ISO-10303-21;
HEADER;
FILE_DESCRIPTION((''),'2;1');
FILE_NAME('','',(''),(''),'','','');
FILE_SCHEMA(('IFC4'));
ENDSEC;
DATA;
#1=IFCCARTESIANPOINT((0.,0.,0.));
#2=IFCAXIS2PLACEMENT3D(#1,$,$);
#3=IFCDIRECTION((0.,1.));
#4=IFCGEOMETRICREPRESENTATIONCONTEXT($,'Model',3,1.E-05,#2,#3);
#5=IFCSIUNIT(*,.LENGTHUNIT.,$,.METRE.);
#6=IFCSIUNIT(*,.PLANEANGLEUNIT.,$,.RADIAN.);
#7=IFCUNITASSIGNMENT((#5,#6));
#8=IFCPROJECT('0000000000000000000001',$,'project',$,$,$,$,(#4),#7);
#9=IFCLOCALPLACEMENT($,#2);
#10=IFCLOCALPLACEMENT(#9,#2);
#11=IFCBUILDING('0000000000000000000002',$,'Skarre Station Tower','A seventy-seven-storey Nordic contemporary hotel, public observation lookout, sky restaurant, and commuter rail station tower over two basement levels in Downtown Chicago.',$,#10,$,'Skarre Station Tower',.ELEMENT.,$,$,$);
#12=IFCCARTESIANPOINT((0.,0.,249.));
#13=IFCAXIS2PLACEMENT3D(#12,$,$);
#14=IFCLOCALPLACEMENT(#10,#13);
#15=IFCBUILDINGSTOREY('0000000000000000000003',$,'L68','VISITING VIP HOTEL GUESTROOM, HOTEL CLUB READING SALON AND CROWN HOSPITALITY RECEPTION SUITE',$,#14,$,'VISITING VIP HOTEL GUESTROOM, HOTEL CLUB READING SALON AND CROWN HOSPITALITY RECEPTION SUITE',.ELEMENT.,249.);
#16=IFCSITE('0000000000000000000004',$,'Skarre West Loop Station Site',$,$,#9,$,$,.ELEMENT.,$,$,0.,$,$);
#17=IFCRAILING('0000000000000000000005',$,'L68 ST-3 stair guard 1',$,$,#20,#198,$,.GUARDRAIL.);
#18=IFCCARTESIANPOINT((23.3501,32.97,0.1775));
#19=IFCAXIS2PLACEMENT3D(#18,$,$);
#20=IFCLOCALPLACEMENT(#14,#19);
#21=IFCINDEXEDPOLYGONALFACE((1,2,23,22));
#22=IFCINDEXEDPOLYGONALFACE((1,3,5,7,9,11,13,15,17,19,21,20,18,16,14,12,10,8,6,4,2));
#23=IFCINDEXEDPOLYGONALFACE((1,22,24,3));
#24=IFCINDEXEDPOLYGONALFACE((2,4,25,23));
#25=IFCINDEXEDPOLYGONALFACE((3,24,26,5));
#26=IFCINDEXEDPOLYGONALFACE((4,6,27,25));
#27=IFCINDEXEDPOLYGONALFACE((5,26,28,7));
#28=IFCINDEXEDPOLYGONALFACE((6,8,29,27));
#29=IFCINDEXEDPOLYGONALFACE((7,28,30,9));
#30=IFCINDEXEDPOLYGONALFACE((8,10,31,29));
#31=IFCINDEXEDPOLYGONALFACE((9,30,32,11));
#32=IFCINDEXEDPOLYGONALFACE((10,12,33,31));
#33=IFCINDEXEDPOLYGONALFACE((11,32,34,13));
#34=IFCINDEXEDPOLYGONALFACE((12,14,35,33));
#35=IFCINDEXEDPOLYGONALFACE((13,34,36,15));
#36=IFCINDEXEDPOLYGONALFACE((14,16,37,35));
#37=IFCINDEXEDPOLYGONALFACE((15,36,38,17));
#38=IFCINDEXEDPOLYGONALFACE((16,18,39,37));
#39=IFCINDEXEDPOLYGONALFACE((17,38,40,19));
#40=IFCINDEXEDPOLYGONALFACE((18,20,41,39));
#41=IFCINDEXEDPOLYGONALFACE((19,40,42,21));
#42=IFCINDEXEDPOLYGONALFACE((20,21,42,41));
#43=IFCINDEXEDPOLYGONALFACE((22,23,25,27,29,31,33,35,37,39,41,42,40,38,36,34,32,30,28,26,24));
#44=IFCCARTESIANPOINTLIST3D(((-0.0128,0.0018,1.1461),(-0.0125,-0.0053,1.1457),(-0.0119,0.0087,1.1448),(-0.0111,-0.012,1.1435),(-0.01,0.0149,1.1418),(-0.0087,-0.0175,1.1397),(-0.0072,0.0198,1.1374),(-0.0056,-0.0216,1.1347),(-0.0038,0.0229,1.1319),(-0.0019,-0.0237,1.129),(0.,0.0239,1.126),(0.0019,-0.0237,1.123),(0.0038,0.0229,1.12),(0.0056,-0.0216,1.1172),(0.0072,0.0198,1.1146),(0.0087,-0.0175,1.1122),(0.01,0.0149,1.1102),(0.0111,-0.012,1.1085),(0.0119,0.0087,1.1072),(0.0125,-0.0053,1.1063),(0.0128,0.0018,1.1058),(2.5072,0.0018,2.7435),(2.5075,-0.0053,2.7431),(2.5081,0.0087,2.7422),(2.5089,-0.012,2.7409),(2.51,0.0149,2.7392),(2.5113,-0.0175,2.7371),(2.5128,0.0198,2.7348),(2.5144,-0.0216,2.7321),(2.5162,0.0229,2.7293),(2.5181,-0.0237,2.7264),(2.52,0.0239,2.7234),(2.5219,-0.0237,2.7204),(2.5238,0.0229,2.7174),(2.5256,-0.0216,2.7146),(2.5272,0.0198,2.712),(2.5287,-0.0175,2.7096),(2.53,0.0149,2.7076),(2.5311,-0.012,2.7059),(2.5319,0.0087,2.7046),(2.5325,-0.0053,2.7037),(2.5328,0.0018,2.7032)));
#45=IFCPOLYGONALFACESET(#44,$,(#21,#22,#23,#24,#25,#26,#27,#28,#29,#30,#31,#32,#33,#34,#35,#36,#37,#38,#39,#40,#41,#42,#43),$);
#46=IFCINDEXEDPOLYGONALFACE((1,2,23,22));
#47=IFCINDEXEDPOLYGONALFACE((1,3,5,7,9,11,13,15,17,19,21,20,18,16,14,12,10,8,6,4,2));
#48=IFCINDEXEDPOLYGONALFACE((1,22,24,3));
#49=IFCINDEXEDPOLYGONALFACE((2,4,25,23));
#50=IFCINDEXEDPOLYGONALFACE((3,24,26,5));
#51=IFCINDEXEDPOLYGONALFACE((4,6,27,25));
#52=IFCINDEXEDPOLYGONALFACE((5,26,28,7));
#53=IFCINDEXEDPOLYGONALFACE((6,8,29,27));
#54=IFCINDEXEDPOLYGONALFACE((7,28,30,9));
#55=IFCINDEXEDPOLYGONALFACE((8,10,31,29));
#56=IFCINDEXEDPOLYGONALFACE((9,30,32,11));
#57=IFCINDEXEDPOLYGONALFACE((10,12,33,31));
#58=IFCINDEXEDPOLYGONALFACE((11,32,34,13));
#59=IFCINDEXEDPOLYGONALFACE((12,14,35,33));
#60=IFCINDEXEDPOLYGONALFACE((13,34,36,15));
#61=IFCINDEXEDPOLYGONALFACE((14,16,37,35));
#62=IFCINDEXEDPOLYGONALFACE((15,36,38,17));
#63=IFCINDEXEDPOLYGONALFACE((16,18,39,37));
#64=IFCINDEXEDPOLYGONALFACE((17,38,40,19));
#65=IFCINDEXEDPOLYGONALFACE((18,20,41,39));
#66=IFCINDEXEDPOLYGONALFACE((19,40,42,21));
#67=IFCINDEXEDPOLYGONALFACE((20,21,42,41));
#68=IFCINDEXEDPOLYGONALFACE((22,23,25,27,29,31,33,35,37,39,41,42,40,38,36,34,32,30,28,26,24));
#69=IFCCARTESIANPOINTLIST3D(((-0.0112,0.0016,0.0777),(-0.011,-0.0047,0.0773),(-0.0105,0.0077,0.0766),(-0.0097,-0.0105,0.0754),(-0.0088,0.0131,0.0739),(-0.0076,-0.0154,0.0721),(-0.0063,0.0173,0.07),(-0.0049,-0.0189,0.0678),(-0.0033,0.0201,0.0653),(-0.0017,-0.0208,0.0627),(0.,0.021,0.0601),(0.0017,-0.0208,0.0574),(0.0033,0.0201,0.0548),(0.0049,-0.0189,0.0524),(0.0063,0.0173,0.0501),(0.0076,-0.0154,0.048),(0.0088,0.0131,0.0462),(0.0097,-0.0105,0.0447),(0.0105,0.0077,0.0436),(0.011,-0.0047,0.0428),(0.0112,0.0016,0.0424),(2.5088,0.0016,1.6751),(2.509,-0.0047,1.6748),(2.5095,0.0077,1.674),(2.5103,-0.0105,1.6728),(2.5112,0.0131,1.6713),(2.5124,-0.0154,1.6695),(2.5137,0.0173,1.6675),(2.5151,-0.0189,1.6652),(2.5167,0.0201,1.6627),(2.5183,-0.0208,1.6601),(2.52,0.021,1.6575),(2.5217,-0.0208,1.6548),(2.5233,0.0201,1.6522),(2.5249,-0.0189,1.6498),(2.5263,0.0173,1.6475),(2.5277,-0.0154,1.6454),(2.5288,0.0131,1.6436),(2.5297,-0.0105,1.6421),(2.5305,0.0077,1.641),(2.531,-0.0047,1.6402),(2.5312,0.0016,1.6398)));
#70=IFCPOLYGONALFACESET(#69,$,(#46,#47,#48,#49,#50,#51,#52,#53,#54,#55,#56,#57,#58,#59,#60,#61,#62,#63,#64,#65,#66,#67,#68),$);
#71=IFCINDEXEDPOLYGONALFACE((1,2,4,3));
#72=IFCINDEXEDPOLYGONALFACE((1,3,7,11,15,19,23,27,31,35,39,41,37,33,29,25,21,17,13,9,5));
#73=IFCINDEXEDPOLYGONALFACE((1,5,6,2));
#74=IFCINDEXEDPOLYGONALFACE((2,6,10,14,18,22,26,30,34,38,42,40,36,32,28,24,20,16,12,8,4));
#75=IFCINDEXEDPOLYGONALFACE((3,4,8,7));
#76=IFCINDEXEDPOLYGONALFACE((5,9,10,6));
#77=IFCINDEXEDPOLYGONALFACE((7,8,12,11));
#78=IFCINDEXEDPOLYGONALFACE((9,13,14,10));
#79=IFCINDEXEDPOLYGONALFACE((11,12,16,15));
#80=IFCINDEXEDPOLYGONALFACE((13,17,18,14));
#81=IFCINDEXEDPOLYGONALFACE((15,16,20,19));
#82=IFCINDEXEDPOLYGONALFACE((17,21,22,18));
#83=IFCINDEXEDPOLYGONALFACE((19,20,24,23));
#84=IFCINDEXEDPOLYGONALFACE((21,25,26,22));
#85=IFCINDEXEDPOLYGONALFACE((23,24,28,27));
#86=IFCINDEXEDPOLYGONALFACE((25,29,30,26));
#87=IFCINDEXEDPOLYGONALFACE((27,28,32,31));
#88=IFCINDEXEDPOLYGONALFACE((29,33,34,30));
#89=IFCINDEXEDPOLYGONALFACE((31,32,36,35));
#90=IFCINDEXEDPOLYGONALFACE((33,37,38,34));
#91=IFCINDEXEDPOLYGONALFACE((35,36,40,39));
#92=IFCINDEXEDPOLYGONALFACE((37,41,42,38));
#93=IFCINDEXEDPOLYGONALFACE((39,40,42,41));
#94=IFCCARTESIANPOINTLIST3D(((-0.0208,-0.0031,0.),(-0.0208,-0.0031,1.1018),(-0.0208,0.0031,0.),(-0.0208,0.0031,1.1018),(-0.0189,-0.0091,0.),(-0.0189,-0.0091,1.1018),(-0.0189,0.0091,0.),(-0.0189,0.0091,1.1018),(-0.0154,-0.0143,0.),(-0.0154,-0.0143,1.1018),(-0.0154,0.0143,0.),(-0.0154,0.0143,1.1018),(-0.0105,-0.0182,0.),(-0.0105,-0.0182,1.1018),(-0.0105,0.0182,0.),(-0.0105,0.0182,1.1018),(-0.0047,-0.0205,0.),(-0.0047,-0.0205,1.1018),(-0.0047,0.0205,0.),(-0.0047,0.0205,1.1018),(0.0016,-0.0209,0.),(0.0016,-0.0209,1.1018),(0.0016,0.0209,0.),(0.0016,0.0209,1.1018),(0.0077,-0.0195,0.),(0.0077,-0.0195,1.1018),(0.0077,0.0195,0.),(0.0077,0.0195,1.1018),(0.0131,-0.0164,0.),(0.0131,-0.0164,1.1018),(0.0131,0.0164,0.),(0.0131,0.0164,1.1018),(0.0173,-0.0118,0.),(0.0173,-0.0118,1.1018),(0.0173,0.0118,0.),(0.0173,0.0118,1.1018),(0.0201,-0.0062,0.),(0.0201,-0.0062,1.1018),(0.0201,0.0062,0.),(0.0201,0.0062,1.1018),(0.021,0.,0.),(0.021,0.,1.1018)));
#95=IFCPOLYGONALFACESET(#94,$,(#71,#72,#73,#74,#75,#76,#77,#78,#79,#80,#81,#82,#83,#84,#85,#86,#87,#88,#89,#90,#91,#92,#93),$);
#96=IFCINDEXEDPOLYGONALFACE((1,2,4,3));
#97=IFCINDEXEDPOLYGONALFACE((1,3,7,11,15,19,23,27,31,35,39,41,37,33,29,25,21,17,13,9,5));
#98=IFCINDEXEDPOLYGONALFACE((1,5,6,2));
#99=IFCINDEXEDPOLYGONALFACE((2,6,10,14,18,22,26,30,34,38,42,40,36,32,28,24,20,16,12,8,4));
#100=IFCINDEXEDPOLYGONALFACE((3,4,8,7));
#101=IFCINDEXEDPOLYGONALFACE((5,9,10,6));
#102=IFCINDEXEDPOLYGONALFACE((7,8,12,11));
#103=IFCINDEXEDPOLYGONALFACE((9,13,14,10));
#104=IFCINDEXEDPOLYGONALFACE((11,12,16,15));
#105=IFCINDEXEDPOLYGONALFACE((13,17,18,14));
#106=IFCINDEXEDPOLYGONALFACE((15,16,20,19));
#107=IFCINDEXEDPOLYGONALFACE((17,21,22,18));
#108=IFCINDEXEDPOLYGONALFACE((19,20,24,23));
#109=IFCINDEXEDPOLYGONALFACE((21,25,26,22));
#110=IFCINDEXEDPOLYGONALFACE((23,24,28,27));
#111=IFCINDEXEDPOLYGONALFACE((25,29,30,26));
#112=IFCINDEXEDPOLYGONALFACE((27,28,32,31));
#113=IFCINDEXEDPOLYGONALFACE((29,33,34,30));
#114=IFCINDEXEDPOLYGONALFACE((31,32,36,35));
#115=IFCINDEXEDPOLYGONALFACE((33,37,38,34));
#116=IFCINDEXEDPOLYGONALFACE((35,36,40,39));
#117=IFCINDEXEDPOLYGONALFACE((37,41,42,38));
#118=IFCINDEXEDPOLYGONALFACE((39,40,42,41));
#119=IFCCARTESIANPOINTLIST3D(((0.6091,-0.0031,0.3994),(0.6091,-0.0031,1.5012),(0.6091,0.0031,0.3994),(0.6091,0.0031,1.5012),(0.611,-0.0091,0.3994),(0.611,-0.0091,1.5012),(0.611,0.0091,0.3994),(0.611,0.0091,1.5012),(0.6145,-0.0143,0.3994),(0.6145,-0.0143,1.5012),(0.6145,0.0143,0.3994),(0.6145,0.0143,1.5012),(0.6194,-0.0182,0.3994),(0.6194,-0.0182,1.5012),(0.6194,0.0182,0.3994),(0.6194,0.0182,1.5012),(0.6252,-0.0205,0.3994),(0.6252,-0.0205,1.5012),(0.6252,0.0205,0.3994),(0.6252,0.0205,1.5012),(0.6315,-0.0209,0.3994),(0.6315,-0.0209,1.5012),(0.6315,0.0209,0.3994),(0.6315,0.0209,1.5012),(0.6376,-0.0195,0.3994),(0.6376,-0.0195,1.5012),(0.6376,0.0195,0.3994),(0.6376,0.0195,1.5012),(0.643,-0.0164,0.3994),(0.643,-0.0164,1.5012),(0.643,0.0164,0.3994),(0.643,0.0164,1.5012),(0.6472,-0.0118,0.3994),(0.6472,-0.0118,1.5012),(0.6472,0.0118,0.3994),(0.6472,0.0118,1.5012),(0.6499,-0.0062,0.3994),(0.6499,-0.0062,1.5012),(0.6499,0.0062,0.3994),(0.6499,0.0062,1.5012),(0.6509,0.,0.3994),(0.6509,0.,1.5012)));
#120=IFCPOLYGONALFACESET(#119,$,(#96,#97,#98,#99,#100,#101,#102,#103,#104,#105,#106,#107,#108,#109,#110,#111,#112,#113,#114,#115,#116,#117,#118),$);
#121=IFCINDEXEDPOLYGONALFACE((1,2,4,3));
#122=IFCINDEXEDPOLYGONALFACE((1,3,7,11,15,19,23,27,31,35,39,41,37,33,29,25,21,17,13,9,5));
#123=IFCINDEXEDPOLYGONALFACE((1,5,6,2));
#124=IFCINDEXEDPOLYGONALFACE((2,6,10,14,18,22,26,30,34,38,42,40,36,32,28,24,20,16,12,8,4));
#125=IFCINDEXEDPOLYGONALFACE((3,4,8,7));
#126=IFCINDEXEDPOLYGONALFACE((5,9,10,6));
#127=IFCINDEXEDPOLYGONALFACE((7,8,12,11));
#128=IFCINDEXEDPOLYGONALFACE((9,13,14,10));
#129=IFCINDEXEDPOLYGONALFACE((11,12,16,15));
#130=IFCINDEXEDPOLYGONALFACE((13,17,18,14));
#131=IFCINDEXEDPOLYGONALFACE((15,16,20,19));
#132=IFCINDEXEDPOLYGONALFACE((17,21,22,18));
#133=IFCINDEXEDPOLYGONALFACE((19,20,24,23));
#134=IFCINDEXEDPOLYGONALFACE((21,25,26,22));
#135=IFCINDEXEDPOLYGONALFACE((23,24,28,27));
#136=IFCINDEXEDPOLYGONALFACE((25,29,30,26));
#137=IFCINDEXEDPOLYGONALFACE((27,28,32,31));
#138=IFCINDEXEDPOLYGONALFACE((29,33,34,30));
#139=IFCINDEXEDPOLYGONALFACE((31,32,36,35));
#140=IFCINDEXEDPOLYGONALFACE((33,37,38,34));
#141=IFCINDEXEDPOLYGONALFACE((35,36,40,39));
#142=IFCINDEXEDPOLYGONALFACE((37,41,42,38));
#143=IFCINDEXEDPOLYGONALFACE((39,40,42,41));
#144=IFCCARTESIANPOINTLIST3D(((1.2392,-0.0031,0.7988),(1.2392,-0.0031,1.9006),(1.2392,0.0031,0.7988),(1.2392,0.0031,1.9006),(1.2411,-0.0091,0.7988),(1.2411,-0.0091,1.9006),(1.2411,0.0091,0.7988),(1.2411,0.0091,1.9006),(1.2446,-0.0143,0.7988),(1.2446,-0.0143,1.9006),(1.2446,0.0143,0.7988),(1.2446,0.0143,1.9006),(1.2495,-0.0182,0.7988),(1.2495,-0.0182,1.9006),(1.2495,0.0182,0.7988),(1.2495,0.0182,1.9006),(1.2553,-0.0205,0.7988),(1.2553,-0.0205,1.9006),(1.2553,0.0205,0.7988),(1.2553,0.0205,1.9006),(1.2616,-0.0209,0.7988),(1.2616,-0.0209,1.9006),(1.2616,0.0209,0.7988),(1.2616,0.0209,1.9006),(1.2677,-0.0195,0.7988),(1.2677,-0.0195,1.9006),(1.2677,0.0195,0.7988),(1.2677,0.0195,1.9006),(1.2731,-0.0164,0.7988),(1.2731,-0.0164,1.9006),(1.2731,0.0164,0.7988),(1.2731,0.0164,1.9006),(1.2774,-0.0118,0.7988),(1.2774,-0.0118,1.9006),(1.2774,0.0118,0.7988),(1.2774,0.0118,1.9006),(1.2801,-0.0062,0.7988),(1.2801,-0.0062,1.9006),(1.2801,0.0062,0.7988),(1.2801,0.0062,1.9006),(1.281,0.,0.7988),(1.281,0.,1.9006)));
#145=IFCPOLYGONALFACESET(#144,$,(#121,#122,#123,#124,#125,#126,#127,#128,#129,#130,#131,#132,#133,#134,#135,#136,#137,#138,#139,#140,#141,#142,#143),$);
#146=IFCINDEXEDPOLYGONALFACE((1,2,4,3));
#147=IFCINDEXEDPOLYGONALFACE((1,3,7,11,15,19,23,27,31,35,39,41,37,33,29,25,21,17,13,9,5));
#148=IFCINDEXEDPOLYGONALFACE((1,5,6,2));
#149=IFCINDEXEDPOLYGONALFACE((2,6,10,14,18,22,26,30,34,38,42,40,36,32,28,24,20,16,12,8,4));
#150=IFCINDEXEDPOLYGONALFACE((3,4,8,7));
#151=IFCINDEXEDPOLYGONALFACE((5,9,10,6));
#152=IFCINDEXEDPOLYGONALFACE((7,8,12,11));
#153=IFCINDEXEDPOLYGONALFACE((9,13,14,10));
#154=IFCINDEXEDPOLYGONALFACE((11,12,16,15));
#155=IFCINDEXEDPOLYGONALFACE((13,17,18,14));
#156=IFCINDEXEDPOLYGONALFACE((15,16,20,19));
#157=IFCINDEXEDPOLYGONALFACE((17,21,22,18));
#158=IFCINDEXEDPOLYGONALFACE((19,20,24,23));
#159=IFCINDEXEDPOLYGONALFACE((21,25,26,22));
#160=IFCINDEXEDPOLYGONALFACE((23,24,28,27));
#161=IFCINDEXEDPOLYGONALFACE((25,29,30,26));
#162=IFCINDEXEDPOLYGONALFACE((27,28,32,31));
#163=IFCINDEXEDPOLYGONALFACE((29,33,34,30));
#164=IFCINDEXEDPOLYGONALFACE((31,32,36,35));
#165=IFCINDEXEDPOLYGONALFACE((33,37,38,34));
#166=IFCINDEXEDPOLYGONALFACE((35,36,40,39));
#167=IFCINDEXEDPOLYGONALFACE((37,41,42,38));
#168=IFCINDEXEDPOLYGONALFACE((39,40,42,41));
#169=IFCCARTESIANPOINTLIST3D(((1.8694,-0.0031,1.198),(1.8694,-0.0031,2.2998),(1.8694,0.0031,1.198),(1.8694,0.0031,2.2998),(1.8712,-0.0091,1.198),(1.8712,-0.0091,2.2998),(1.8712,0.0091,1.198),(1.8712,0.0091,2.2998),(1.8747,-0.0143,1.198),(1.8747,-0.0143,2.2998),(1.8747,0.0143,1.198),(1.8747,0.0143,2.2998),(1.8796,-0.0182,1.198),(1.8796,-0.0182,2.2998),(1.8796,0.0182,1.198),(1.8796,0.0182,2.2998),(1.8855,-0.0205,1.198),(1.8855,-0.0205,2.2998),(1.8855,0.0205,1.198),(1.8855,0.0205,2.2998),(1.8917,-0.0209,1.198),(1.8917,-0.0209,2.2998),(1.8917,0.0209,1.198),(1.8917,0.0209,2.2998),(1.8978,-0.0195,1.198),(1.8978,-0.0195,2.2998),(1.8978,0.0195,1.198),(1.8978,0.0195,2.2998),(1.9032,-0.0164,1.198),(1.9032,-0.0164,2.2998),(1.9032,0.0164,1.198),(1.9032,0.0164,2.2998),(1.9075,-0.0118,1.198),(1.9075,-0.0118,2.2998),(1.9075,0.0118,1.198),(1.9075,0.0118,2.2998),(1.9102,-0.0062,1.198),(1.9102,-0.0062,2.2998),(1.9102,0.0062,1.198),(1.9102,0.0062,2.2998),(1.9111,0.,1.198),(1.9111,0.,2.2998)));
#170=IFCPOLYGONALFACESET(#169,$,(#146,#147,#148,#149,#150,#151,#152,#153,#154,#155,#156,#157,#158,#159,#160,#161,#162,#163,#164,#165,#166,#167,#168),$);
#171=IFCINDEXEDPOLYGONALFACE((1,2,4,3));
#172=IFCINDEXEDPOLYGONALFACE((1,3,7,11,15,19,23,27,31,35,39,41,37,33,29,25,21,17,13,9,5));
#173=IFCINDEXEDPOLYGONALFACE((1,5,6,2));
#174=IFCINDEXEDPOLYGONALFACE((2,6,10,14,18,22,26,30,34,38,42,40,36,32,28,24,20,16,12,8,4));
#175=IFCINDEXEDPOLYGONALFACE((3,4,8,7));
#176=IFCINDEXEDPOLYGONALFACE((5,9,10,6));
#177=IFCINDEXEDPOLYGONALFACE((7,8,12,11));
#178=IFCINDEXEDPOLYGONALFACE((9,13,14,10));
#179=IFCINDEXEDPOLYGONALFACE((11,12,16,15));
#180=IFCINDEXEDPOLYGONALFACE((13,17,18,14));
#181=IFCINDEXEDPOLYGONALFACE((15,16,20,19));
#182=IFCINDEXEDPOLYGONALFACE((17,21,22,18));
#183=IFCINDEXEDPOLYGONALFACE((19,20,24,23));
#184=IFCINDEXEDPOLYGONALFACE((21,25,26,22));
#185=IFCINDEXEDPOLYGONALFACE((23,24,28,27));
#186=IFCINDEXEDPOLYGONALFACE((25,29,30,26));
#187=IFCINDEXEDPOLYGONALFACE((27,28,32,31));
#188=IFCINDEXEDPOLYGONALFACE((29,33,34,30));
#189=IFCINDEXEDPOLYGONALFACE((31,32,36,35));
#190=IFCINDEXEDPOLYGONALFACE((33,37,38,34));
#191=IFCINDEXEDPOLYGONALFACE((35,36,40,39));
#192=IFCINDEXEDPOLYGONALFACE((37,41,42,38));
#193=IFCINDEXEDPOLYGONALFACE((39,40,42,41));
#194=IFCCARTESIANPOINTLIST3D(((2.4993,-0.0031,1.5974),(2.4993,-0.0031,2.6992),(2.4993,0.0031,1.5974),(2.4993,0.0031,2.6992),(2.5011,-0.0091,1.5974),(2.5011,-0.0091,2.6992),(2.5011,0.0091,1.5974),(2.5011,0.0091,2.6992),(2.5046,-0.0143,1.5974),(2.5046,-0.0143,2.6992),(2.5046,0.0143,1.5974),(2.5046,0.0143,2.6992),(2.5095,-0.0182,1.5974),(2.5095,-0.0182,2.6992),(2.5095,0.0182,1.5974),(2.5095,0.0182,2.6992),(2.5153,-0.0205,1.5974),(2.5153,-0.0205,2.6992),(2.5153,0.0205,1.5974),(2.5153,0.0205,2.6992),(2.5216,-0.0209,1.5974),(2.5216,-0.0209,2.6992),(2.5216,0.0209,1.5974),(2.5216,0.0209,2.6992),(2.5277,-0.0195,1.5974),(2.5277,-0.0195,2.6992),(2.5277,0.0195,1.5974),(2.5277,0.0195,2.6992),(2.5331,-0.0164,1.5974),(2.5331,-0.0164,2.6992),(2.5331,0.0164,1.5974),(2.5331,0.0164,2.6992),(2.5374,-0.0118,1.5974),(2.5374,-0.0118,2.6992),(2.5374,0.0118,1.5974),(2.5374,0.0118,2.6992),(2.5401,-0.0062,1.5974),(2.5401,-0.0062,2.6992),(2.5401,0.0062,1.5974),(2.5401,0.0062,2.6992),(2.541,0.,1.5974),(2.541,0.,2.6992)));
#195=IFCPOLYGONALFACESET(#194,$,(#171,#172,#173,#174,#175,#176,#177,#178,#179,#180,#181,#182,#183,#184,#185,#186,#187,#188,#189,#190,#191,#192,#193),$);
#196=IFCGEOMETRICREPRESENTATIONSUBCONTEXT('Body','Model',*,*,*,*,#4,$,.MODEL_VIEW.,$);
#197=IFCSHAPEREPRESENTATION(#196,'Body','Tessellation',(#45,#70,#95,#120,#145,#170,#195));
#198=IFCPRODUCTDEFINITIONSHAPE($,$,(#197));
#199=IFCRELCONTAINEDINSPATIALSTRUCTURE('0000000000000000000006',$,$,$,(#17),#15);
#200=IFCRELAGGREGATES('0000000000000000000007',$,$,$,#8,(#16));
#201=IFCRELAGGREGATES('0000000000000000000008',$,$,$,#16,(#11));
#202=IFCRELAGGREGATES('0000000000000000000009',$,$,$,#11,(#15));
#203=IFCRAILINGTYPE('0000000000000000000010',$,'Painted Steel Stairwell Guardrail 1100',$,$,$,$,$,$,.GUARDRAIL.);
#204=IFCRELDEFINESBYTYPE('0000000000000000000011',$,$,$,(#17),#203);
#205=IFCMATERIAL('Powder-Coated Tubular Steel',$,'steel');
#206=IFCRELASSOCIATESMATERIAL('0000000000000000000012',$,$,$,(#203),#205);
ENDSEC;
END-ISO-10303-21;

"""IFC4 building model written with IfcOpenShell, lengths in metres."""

from ifc_helpers import new_model, si_unit, direction, frame, origin, origin_2d, place, context, subcontext, project, spatial, circle, extrude, material, type_object, element, save


model = new_model("IFC4")

# Units and contexts
model_context = context("Model", 3, precision=1e-05, world=origin(), true_north=direction((0.0, 1.0)))
body_context = subcontext(model_context, "Body", "Model", "MODEL_VIEW")
ifc_project = project(units=[si_unit("LENGTHUNIT", "METRE"), si_unit("PLANEANGLEUNIT", "RADIAN")], contexts=[model_context])

# Site, building, storey
site_placement = place(None, origin())
site = spatial("IfcSite", under=ifc_project, at=site_placement, Name="Skarre West Loop Station Site", CompositionType="ELEMENT", RefElevation=0.0)
building_placement = place(site_placement, origin())
building = spatial("IfcBuilding", under=site, at=building_placement, Name="Skarre Station Tower", Description="A seventy-seven-storey Nordic contemporary hotel, public observation lookout, sky restaurant, and commuter rail station tower over two basement levels in Downtown Chicago.", LongName="Skarre Station Tower", CompositionType="ELEMENT")
storey_placement = place(building_placement, frame((0.0, 0.0, 249.0)))
storey = spatial("IfcBuildingStorey", under=building, at=storey_placement, Name="L68", Description="VISITING VIP HOTEL GUESTROOM, HOTEL CLUB READING SALON AND CROWN HOSPITALITY RECEPTION SUITE", LongName="VISITING VIP HOTEL GUESTROOM, HOTEL CLUB READING SALON AND CROWN HOSPITALITY RECEPTION SUITE", CompositionType="ELEMENT", Elevation=249.0)

# Railing
ifc_material_1 = material(Name="Powder-Coated Tubular Steel", Category="steel")
railing_type_1 = type_object("IfcRailingType", Name="Painted Steel Stairwell Guardrail 1100", PredefinedType="GUARDRAIL", material=ifc_material_1)
railing_1_placement = place(storey_placement, frame((23.3501, 32.97, 0.1775)))
element("IfcRailing", 1, at=railing_1_placement, inside=storey, type_object=railing_type_1, Name="L68 ST-3 stair guard 1", PredefinedType="GUARDRAIL", context=body_context, shape_type="SweptSolid", body=[
    extrude(circle(Radius=0.0239, at=origin_2d()), frame((0.0, 0.0, 1.126), z_axis=(0.844607, 0.0, 0.535387), x_axis=(0.0, 1.0, 0.0)), (0.0, 0.0, 1.0), 2.9836),
    extrude(circle(Radius=0.021, at=origin_2d()), frame((0.0, 0.0, 0.0601), z_axis=(0.844607, 0.0, 0.535387), x_axis=(0.0, 1.0, 0.0)), (0.0, 0.0, 1.0), 2.9836),
    extrude(circle(Radius=0.021, at=origin_2d()), origin(), (0.0, 0.0, 1.0), 1.1018),
    extrude(circle(Radius=0.021, at=origin_2d()), frame((0.6299, 0.0, 0.3994)), (0.0, 0.0, 1.0), 1.1018),
    extrude(circle(Radius=0.021, at=origin_2d()), frame((1.26, 0.0, 0.7988)), (0.0, 0.0, 1.0), 1.1018),
    extrude(circle(Radius=0.021, at=origin_2d()), frame((1.8901, 0.0, 1.198)), (0.0, 0.0, 1.0), 1.1018),
    extrude(circle(Radius=0.021, at=origin_2d()), frame((2.52, 0.0, 1.5974)), (0.0, 0.0, 1.0), 1.1018),
])

save(model, "model.ifc")
